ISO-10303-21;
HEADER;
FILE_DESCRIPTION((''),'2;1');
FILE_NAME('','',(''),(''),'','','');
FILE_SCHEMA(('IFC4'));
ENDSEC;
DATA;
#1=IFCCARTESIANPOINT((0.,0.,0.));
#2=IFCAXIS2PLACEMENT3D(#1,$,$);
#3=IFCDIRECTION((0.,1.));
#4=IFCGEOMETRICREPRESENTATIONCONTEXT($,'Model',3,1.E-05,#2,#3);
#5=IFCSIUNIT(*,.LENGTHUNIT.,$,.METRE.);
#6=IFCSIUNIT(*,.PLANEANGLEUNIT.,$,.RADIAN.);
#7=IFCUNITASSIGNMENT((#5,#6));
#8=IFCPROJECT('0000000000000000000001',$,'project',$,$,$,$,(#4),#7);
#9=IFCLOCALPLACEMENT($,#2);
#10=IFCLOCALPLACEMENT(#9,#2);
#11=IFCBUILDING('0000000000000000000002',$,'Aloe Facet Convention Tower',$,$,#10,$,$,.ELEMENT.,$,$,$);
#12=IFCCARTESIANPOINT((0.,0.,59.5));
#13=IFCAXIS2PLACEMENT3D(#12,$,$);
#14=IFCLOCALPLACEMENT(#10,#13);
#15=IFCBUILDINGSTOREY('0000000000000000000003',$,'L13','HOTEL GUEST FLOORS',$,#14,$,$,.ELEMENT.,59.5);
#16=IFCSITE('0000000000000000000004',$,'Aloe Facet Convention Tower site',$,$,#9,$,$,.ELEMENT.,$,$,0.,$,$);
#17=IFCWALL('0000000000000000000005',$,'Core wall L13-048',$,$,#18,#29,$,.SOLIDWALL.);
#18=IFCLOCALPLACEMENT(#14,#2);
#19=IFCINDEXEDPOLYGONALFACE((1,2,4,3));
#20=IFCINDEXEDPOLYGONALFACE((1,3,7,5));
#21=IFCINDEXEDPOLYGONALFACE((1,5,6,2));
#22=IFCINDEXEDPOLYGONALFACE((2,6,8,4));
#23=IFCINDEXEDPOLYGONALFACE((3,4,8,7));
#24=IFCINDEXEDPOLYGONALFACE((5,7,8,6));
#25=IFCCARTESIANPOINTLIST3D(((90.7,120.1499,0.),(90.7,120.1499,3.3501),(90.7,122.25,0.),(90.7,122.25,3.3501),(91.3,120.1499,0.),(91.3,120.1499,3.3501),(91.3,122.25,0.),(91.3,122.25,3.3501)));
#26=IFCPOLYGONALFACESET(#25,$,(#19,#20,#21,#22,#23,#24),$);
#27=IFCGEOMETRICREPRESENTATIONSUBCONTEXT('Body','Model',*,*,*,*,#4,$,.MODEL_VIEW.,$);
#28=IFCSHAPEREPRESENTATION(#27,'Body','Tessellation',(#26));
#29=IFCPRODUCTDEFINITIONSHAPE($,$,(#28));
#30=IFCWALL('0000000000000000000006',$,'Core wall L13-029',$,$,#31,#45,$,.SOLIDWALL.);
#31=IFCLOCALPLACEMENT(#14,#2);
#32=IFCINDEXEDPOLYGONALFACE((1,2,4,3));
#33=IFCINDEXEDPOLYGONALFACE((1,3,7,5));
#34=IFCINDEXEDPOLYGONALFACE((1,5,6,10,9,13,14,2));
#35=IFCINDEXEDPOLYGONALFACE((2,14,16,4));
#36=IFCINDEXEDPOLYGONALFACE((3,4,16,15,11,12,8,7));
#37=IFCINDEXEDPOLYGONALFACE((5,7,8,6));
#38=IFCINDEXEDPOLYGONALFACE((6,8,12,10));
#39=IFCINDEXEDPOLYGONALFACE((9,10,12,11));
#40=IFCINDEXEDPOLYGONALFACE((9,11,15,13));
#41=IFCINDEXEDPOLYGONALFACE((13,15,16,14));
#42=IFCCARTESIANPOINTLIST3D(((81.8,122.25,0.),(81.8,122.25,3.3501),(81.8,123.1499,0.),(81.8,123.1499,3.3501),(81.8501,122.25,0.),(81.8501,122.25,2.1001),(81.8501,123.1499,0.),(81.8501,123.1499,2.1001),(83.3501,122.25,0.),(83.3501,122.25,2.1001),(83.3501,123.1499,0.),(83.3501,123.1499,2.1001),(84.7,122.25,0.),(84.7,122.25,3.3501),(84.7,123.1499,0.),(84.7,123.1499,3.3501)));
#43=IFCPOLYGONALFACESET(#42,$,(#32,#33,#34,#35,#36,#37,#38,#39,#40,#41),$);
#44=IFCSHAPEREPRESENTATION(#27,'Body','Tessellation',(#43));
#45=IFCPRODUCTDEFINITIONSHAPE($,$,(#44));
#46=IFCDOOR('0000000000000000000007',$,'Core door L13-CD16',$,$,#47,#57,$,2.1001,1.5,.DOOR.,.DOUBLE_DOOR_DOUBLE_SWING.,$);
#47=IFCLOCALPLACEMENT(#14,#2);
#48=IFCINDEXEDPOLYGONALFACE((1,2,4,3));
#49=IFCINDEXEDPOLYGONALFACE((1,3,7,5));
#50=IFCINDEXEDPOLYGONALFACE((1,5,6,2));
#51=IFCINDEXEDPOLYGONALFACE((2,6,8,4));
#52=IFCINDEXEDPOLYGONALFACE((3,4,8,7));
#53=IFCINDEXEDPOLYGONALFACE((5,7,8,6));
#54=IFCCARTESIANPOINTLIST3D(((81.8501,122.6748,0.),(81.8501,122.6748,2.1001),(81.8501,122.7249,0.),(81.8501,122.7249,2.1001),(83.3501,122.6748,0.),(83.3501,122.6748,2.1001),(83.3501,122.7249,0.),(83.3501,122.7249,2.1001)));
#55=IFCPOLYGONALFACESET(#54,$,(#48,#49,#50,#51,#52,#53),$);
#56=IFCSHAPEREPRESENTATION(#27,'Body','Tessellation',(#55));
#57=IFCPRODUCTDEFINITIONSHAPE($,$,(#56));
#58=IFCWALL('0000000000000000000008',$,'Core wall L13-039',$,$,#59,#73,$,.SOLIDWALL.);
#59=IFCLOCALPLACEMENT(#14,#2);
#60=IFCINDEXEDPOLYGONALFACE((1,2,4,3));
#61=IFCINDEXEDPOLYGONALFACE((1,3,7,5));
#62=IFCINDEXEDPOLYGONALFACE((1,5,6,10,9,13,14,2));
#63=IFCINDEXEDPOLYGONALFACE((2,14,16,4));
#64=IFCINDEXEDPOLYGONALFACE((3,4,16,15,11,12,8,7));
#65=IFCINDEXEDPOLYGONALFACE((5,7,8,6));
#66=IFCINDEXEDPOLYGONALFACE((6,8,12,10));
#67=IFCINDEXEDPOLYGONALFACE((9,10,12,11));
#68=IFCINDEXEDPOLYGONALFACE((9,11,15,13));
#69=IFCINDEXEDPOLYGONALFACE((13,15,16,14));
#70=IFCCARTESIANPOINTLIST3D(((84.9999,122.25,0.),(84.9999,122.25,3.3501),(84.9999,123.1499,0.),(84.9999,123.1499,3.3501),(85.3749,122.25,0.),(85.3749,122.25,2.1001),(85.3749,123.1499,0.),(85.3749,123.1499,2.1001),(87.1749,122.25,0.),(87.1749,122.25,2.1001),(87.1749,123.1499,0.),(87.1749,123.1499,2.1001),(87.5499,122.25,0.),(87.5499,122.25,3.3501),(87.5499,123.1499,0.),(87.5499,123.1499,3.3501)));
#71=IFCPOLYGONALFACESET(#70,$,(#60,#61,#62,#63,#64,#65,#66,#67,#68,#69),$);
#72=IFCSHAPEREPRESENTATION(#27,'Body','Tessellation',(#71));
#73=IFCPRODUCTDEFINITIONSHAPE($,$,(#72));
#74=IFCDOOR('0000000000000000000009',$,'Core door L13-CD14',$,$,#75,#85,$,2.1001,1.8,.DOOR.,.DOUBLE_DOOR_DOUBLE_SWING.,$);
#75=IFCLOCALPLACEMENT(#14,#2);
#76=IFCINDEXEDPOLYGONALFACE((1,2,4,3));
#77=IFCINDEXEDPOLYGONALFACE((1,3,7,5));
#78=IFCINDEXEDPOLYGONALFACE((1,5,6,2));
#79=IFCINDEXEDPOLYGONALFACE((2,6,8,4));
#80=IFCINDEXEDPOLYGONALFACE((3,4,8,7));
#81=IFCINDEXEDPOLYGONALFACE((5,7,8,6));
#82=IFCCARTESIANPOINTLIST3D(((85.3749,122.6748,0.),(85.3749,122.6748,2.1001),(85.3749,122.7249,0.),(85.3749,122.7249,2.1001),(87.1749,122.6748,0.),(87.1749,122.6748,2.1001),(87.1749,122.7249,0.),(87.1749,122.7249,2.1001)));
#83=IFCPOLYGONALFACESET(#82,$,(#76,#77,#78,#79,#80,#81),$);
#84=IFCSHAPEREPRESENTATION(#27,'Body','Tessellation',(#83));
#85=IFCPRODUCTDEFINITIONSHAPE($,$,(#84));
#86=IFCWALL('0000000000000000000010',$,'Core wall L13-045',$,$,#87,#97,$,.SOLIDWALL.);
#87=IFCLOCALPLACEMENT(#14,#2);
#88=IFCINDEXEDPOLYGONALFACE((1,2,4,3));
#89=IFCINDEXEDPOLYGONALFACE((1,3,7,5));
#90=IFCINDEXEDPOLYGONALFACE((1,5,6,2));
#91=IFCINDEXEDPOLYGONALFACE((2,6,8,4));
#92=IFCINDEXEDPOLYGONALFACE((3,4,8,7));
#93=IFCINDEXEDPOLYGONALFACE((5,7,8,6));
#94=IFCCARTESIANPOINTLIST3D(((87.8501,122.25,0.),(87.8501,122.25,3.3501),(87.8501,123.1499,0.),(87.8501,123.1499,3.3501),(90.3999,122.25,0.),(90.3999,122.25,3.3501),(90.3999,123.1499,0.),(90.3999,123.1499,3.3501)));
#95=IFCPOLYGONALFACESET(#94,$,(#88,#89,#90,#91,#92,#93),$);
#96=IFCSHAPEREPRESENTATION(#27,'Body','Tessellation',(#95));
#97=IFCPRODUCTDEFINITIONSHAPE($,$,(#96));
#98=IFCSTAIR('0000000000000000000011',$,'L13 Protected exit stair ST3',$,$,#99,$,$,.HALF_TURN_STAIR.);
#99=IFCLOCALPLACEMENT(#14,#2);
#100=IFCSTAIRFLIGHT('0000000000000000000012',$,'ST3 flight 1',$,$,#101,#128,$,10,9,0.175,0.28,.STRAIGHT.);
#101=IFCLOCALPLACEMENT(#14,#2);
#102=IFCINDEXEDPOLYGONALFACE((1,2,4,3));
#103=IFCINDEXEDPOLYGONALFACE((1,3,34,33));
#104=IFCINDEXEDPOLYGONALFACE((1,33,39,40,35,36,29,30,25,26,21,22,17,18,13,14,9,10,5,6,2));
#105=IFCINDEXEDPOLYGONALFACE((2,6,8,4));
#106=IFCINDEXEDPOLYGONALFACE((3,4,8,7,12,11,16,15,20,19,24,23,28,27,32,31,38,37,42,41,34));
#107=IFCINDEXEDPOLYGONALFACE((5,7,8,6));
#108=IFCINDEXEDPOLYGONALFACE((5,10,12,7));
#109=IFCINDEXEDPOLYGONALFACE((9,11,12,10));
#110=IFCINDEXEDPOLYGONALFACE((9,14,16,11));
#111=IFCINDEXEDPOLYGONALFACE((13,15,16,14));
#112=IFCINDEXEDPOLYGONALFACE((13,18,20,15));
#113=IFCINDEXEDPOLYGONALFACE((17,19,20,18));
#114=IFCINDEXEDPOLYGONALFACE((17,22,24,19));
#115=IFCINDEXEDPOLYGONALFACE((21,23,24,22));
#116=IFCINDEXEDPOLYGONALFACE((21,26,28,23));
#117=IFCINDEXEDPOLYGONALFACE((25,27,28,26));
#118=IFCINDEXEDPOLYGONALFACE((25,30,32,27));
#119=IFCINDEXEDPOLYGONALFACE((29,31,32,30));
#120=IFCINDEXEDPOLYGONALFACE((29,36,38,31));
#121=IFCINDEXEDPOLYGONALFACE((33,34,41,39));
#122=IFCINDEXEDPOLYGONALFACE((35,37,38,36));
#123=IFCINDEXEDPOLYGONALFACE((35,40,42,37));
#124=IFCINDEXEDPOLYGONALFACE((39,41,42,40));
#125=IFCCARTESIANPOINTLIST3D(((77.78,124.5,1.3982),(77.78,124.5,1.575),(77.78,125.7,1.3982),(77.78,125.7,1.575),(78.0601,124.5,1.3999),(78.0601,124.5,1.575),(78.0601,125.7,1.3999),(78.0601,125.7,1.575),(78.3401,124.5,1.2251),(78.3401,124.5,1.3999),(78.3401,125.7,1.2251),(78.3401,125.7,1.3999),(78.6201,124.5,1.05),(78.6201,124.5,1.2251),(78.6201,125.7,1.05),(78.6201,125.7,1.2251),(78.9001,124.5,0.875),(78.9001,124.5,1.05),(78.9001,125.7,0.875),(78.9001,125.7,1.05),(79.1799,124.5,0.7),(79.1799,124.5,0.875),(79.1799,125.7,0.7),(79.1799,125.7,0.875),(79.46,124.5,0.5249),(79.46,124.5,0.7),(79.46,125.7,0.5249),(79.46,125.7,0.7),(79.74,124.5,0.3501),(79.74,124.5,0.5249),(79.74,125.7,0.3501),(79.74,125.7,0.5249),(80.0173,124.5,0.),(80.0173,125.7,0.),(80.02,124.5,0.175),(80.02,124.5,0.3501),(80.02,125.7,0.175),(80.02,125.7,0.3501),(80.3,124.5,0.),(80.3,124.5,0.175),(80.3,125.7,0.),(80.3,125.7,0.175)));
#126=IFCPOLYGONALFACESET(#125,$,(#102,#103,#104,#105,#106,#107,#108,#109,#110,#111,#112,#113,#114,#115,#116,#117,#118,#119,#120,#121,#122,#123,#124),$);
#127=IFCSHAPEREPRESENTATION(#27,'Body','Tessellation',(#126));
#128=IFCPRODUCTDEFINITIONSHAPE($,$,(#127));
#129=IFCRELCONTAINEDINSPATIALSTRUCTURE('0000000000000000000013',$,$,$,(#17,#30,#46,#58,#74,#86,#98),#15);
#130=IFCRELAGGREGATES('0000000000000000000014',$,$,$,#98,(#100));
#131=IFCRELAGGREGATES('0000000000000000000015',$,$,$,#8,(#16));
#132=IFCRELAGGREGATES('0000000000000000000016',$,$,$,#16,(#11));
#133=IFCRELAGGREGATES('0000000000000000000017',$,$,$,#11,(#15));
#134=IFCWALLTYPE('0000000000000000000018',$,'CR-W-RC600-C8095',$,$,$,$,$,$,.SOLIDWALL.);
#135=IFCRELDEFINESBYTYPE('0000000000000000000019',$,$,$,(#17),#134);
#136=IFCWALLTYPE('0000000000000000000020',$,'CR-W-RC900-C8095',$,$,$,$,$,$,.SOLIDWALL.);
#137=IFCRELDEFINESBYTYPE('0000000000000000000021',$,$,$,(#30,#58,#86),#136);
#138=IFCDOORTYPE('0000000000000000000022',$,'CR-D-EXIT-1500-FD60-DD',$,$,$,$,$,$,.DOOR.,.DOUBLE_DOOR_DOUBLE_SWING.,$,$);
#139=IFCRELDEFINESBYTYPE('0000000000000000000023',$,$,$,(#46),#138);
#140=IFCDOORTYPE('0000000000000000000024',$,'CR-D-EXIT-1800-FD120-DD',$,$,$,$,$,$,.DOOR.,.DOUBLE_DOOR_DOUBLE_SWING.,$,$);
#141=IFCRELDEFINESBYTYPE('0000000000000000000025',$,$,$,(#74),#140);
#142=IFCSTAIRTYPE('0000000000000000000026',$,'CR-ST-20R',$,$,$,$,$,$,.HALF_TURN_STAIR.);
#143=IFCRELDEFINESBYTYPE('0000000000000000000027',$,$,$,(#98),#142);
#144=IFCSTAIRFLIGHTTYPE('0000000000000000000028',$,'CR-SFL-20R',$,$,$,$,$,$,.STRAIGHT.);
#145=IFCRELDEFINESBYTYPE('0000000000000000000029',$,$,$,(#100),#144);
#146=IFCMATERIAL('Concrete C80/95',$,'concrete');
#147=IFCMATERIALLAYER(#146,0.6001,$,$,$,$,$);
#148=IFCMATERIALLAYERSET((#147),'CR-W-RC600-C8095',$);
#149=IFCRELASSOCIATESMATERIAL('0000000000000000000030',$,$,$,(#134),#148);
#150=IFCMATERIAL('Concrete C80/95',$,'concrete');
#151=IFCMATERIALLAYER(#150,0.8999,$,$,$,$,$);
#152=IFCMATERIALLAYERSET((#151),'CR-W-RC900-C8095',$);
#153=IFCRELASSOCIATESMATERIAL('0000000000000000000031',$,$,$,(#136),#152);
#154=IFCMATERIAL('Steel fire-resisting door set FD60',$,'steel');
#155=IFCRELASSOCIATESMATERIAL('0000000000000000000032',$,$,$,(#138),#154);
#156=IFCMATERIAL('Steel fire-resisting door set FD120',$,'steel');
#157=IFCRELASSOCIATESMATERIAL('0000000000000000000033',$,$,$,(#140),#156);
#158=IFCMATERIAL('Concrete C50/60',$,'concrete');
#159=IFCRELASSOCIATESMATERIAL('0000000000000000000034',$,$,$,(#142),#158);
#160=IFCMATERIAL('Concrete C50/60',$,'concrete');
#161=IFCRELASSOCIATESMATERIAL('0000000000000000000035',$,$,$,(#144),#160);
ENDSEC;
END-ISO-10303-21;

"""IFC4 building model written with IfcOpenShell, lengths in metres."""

from ifc_helpers import new_model, si_unit, direction, frame, frame_2d, origin, place, context, subcontext, project, spatial, polyline, rectangle, outline, extrude, material, layer, layer_set, type_object, element, fill, aggregate, save


model = new_model("IFC4")

# Units and contexts
model_context = context("Model", 3, precision=1e-05, world=origin(), true_north=direction((0.0, 1.0)))
body_context = subcontext(model_context, "Body", "Model", "MODEL_VIEW")
ifc_project = project(units=[si_unit("LENGTHUNIT", "METRE"), si_unit("PLANEANGLEUNIT", "RADIAN")], contexts=[model_context])

# Site, building, storey
site_placement = place(None, origin())
site = spatial("IfcSite", under=ifc_project, at=site_placement, Name="Aloe Facet Convention Tower site", CompositionType="ELEMENT", RefElevation=0.0)
building_placement = place(site_placement, origin())
building = spatial("IfcBuilding", under=site, at=building_placement, Name="Aloe Facet Convention Tower", CompositionType="ELEMENT")
storey_placement = place(building_placement, frame((0.0, 0.0, 59.5)))
storey = spatial("IfcBuildingStorey", under=building, at=storey_placement, Name="L13", Description="HOTEL GUEST FLOORS", CompositionType="ELEMENT", Elevation=59.5)

# Wall
ifc_material_1 = material(Name="Concrete C80/95", Category="concrete")
ifc_layer_1 = layer(ifc_material_1, 0.6001)
ifc_layer_set_1 = layer_set([ifc_layer_1], Name="CR-W-RC600-C8095")
wall_type_1 = type_object("IfcWallType", Name="CR-W-RC600-C8095", PredefinedType="SOLIDWALL", material=ifc_layer_set_1)
wall_1_placement = place(storey_placement, frame((91.0, 122.25, 0.0), z_axis=(0.0, 0.0, 1.0), x_axis=(0.0, -1.0, 0.0)))
element("IfcWall", 1, at=wall_1_placement, inside=storey, type_object=wall_type_1, Name="Core wall L13-048", PredefinedType="SOLIDWALL", context=body_context, shape_type="SweptSolid", body=[
    extrude(rectangle(XDim=2.1001, YDim=0.6001, at=frame_2d((1.05, 0.0))), origin(), (0.0, 0.0, 1.0), 3.3501),
])

# Walls, openings, doors
ifc_material_2 = material(Name="Concrete C80/95", Category="concrete")
ifc_layer_2 = layer(ifc_material_2, 0.8999)
ifc_layer_set_2 = layer_set([ifc_layer_2], Name="CR-W-RC900-C8095")
wall_type_2 = type_object("IfcWallType", Name="CR-W-RC900-C8095", PredefinedType="SOLIDWALL", material=ifc_layer_set_2)
wall_2_placement = place(storey_placement, frame((81.8, 122.7, 0.0), z_axis=(0.0, 0.0, 1.0), x_axis=(1.0, 0.0, 0.0)))
wall_2 = element("IfcWall", 2, at=wall_2_placement, inside=storey, type_object=wall_type_2, Name="Core wall L13-029", PredefinedType="SOLIDWALL", context=body_context, shape_type="SweptSolid", body=[
    extrude(rectangle(XDim=2.8999, YDim=0.8999, at=frame_2d((1.45, 0.0))), origin(), (0.0, 0.0, 1.0), 3.3501),
])
opening_1_placement = place(wall_2_placement, frame((0.05, 0.0, 0.0)))
opening_1 = element("IfcOpeningElement", 3, at=opening_1_placement, cuts=wall_2, PredefinedType="OPENING", context=body_context, shape_type="SweptSolid", body=[
    extrude(rectangle(XDim=1.5, YDim=2.1001, at=frame_2d((0.75, 1.05))), frame((0.0, 0.46, 0.0), z_axis=(0.0, -1.0, 0.0), x_axis=(1.0, 0.0, 0.0)), (0.0, 0.0, 1.0), 0.9199),
])
ifc_material_3 = material(Name="Steel fire-resisting door set FD60", Category="steel")
door_type_1 = type_object("IfcDoorType", Name="CR-D-EXIT-1500-FD60-DD", OperationType="DOUBLE_DOOR_DOUBLE_SWING", PredefinedType="DOOR", material=ifc_material_3)
door_1_placement = place(opening_1_placement, origin())
door_1 = element("IfcDoor", 4, at=door_1_placement, inside=storey, type_object=door_type_1, Name="Core door L13-CD16", OperationType="DOUBLE_DOOR_DOUBLE_SWING", OverallHeight=2.1001, OverallWidth=1.5, PredefinedType="DOOR", context=body_context, shape_type="SweptSolid", body=[
    extrude(rectangle(XDim=1.5, YDim=2.1001, at=frame_2d((0.75, 1.05))), frame((0.0, 0.0249, 0.0), z_axis=(0.0, -1.0, 0.0), x_axis=(1.0, 0.0, 0.0)), (0.0, 0.0, 1.0), 0.05),
])
fill(opening_1, door_1)
wall_3_placement = place(storey_placement, frame((85.0, 122.7, 0.0), z_axis=(0.0, 0.0, 1.0), x_axis=(1.0, 0.0, 0.0)))
wall_3 = element("IfcWall", 5, at=wall_3_placement, inside=storey, type_object=wall_type_2, Name="Core wall L13-039", PredefinedType="SOLIDWALL", context=body_context, shape_type="SweptSolid", body=[
    extrude(rectangle(XDim=2.55, YDim=0.8999, at=frame_2d((1.2749, 0.0))), origin(), (0.0, 0.0, 1.0), 3.3501),
])
opening_2_placement = place(wall_3_placement, frame((0.375, 0.0, 0.0)))
opening_2 = element("IfcOpeningElement", 6, at=opening_2_placement, cuts=wall_3, PredefinedType="OPENING", context=body_context, shape_type="SweptSolid", body=[
    extrude(rectangle(XDim=1.8, YDim=2.1001, at=frame_2d((0.8999, 1.05))), frame((0.0, 0.46, 0.0), z_axis=(0.0, -1.0, 0.0), x_axis=(1.0, 0.0, 0.0)), (0.0, 0.0, 1.0), 0.9199),
])
ifc_material_4 = material(Name="Steel fire-resisting door set FD120", Category="steel")
door_type_2 = type_object("IfcDoorType", Name="CR-D-EXIT-1800-FD120-DD", OperationType="DOUBLE_DOOR_DOUBLE_SWING", PredefinedType="DOOR", material=ifc_material_4)
door_2_placement = place(opening_2_placement, origin())
door_2 = element("IfcDoor", 7, at=door_2_placement, inside=storey, type_object=door_type_2, Name="Core door L13-CD14", OperationType="DOUBLE_DOOR_DOUBLE_SWING", OverallHeight=2.1001, OverallWidth=1.8, PredefinedType="DOOR", context=body_context, shape_type="SweptSolid", body=[
    extrude(rectangle(XDim=1.8, YDim=2.1001, at=frame_2d((0.8999, 1.05))), frame((0.0, 0.0249, 0.0), z_axis=(0.0, -1.0, 0.0), x_axis=(1.0, 0.0, 0.0)), (0.0, 0.0, 1.0), 0.05),
])
fill(opening_2, door_2)

# Wall
wall_4_placement = place(storey_placement, frame((87.8501, 122.7, 0.0), z_axis=(0.0, 0.0, 1.0), x_axis=(1.0, 0.0, 0.0)))
element("IfcWall", 8, at=wall_4_placement, inside=storey, type_object=wall_type_2, Name="Core wall L13-045", PredefinedType="SOLIDWALL", context=body_context, shape_type="SweptSolid", body=[
    extrude(rectangle(XDim=2.5498, YDim=0.8999, at=frame_2d((1.2749, 0.0))), origin(), (0.0, 0.0, 1.0), 3.3501),
])

# Stair, stair flight
ifc_material_5 = material(Name="Concrete C50/60", Category="concrete")
stair_type = type_object("IfcStairType", Name="CR-ST-20R", PredefinedType="HALF_TURN_STAIR", material=ifc_material_5)
stair_placement = place(storey_placement, origin())
stair = element("IfcStair", 9, at=stair_placement, inside=storey, type_object=stair_type, Name="L13 Protected exit stair ST3", PredefinedType="HALF_TURN_STAIR")
ifc_material_6 = material(Name="Concrete C50/60", Category="concrete")
stair_flight_type = type_object("IfcStairFlightType", Name="CR-SFL-20R", PredefinedType="STRAIGHT", material=ifc_material_6)
stair_flight_placement = place(storey_placement, frame((80.3, 125.1001, 0.0), z_axis=(0.0, 0.0, 1.0), x_axis=(-1.0, 0.0, 0.0)))
stair_flight = element("IfcStairFlight", 10, at=stair_flight_placement, type_object=stair_flight_type, Name="ST3 flight 1", NumberOfRisers=10, NumberOfTreads=9, PredefinedType="STRAIGHT", RiserHeight=0.175, TreadLength=0.28, context=body_context, shape_type="SweptSolid", body=[
    extrude(outline(polyline([(0.0, 0.0), (0.0, 0.175), (0.28, 0.175), (0.28, 0.3501), (0.5601, 0.3501), (0.5601, 0.5249), (0.8401, 0.5249), (0.8401, 0.7), (1.1201, 0.7), (1.1201, 0.875), (1.3999, 0.875), (1.3999, 1.05), (1.6799, 1.05), (1.6799, 1.2251), (1.96, 1.2251), (1.96, 1.3999), (2.24, 1.3999), (2.24, 1.575), (2.52, 1.575), (2.52, 1.75), (2.52, 1.3982), (0.2827, 0.0), (0.0, 0.0)])), frame((0.0, 0.6001, 0.0), z_axis=(0.0, -1.0, 0.0), x_axis=(1.0, 0.0, 0.0)), (0.0, 0.0, 1.0), 1.2),
])
aggregate(stair, [stair_flight])

save(model, "model.ifc")
